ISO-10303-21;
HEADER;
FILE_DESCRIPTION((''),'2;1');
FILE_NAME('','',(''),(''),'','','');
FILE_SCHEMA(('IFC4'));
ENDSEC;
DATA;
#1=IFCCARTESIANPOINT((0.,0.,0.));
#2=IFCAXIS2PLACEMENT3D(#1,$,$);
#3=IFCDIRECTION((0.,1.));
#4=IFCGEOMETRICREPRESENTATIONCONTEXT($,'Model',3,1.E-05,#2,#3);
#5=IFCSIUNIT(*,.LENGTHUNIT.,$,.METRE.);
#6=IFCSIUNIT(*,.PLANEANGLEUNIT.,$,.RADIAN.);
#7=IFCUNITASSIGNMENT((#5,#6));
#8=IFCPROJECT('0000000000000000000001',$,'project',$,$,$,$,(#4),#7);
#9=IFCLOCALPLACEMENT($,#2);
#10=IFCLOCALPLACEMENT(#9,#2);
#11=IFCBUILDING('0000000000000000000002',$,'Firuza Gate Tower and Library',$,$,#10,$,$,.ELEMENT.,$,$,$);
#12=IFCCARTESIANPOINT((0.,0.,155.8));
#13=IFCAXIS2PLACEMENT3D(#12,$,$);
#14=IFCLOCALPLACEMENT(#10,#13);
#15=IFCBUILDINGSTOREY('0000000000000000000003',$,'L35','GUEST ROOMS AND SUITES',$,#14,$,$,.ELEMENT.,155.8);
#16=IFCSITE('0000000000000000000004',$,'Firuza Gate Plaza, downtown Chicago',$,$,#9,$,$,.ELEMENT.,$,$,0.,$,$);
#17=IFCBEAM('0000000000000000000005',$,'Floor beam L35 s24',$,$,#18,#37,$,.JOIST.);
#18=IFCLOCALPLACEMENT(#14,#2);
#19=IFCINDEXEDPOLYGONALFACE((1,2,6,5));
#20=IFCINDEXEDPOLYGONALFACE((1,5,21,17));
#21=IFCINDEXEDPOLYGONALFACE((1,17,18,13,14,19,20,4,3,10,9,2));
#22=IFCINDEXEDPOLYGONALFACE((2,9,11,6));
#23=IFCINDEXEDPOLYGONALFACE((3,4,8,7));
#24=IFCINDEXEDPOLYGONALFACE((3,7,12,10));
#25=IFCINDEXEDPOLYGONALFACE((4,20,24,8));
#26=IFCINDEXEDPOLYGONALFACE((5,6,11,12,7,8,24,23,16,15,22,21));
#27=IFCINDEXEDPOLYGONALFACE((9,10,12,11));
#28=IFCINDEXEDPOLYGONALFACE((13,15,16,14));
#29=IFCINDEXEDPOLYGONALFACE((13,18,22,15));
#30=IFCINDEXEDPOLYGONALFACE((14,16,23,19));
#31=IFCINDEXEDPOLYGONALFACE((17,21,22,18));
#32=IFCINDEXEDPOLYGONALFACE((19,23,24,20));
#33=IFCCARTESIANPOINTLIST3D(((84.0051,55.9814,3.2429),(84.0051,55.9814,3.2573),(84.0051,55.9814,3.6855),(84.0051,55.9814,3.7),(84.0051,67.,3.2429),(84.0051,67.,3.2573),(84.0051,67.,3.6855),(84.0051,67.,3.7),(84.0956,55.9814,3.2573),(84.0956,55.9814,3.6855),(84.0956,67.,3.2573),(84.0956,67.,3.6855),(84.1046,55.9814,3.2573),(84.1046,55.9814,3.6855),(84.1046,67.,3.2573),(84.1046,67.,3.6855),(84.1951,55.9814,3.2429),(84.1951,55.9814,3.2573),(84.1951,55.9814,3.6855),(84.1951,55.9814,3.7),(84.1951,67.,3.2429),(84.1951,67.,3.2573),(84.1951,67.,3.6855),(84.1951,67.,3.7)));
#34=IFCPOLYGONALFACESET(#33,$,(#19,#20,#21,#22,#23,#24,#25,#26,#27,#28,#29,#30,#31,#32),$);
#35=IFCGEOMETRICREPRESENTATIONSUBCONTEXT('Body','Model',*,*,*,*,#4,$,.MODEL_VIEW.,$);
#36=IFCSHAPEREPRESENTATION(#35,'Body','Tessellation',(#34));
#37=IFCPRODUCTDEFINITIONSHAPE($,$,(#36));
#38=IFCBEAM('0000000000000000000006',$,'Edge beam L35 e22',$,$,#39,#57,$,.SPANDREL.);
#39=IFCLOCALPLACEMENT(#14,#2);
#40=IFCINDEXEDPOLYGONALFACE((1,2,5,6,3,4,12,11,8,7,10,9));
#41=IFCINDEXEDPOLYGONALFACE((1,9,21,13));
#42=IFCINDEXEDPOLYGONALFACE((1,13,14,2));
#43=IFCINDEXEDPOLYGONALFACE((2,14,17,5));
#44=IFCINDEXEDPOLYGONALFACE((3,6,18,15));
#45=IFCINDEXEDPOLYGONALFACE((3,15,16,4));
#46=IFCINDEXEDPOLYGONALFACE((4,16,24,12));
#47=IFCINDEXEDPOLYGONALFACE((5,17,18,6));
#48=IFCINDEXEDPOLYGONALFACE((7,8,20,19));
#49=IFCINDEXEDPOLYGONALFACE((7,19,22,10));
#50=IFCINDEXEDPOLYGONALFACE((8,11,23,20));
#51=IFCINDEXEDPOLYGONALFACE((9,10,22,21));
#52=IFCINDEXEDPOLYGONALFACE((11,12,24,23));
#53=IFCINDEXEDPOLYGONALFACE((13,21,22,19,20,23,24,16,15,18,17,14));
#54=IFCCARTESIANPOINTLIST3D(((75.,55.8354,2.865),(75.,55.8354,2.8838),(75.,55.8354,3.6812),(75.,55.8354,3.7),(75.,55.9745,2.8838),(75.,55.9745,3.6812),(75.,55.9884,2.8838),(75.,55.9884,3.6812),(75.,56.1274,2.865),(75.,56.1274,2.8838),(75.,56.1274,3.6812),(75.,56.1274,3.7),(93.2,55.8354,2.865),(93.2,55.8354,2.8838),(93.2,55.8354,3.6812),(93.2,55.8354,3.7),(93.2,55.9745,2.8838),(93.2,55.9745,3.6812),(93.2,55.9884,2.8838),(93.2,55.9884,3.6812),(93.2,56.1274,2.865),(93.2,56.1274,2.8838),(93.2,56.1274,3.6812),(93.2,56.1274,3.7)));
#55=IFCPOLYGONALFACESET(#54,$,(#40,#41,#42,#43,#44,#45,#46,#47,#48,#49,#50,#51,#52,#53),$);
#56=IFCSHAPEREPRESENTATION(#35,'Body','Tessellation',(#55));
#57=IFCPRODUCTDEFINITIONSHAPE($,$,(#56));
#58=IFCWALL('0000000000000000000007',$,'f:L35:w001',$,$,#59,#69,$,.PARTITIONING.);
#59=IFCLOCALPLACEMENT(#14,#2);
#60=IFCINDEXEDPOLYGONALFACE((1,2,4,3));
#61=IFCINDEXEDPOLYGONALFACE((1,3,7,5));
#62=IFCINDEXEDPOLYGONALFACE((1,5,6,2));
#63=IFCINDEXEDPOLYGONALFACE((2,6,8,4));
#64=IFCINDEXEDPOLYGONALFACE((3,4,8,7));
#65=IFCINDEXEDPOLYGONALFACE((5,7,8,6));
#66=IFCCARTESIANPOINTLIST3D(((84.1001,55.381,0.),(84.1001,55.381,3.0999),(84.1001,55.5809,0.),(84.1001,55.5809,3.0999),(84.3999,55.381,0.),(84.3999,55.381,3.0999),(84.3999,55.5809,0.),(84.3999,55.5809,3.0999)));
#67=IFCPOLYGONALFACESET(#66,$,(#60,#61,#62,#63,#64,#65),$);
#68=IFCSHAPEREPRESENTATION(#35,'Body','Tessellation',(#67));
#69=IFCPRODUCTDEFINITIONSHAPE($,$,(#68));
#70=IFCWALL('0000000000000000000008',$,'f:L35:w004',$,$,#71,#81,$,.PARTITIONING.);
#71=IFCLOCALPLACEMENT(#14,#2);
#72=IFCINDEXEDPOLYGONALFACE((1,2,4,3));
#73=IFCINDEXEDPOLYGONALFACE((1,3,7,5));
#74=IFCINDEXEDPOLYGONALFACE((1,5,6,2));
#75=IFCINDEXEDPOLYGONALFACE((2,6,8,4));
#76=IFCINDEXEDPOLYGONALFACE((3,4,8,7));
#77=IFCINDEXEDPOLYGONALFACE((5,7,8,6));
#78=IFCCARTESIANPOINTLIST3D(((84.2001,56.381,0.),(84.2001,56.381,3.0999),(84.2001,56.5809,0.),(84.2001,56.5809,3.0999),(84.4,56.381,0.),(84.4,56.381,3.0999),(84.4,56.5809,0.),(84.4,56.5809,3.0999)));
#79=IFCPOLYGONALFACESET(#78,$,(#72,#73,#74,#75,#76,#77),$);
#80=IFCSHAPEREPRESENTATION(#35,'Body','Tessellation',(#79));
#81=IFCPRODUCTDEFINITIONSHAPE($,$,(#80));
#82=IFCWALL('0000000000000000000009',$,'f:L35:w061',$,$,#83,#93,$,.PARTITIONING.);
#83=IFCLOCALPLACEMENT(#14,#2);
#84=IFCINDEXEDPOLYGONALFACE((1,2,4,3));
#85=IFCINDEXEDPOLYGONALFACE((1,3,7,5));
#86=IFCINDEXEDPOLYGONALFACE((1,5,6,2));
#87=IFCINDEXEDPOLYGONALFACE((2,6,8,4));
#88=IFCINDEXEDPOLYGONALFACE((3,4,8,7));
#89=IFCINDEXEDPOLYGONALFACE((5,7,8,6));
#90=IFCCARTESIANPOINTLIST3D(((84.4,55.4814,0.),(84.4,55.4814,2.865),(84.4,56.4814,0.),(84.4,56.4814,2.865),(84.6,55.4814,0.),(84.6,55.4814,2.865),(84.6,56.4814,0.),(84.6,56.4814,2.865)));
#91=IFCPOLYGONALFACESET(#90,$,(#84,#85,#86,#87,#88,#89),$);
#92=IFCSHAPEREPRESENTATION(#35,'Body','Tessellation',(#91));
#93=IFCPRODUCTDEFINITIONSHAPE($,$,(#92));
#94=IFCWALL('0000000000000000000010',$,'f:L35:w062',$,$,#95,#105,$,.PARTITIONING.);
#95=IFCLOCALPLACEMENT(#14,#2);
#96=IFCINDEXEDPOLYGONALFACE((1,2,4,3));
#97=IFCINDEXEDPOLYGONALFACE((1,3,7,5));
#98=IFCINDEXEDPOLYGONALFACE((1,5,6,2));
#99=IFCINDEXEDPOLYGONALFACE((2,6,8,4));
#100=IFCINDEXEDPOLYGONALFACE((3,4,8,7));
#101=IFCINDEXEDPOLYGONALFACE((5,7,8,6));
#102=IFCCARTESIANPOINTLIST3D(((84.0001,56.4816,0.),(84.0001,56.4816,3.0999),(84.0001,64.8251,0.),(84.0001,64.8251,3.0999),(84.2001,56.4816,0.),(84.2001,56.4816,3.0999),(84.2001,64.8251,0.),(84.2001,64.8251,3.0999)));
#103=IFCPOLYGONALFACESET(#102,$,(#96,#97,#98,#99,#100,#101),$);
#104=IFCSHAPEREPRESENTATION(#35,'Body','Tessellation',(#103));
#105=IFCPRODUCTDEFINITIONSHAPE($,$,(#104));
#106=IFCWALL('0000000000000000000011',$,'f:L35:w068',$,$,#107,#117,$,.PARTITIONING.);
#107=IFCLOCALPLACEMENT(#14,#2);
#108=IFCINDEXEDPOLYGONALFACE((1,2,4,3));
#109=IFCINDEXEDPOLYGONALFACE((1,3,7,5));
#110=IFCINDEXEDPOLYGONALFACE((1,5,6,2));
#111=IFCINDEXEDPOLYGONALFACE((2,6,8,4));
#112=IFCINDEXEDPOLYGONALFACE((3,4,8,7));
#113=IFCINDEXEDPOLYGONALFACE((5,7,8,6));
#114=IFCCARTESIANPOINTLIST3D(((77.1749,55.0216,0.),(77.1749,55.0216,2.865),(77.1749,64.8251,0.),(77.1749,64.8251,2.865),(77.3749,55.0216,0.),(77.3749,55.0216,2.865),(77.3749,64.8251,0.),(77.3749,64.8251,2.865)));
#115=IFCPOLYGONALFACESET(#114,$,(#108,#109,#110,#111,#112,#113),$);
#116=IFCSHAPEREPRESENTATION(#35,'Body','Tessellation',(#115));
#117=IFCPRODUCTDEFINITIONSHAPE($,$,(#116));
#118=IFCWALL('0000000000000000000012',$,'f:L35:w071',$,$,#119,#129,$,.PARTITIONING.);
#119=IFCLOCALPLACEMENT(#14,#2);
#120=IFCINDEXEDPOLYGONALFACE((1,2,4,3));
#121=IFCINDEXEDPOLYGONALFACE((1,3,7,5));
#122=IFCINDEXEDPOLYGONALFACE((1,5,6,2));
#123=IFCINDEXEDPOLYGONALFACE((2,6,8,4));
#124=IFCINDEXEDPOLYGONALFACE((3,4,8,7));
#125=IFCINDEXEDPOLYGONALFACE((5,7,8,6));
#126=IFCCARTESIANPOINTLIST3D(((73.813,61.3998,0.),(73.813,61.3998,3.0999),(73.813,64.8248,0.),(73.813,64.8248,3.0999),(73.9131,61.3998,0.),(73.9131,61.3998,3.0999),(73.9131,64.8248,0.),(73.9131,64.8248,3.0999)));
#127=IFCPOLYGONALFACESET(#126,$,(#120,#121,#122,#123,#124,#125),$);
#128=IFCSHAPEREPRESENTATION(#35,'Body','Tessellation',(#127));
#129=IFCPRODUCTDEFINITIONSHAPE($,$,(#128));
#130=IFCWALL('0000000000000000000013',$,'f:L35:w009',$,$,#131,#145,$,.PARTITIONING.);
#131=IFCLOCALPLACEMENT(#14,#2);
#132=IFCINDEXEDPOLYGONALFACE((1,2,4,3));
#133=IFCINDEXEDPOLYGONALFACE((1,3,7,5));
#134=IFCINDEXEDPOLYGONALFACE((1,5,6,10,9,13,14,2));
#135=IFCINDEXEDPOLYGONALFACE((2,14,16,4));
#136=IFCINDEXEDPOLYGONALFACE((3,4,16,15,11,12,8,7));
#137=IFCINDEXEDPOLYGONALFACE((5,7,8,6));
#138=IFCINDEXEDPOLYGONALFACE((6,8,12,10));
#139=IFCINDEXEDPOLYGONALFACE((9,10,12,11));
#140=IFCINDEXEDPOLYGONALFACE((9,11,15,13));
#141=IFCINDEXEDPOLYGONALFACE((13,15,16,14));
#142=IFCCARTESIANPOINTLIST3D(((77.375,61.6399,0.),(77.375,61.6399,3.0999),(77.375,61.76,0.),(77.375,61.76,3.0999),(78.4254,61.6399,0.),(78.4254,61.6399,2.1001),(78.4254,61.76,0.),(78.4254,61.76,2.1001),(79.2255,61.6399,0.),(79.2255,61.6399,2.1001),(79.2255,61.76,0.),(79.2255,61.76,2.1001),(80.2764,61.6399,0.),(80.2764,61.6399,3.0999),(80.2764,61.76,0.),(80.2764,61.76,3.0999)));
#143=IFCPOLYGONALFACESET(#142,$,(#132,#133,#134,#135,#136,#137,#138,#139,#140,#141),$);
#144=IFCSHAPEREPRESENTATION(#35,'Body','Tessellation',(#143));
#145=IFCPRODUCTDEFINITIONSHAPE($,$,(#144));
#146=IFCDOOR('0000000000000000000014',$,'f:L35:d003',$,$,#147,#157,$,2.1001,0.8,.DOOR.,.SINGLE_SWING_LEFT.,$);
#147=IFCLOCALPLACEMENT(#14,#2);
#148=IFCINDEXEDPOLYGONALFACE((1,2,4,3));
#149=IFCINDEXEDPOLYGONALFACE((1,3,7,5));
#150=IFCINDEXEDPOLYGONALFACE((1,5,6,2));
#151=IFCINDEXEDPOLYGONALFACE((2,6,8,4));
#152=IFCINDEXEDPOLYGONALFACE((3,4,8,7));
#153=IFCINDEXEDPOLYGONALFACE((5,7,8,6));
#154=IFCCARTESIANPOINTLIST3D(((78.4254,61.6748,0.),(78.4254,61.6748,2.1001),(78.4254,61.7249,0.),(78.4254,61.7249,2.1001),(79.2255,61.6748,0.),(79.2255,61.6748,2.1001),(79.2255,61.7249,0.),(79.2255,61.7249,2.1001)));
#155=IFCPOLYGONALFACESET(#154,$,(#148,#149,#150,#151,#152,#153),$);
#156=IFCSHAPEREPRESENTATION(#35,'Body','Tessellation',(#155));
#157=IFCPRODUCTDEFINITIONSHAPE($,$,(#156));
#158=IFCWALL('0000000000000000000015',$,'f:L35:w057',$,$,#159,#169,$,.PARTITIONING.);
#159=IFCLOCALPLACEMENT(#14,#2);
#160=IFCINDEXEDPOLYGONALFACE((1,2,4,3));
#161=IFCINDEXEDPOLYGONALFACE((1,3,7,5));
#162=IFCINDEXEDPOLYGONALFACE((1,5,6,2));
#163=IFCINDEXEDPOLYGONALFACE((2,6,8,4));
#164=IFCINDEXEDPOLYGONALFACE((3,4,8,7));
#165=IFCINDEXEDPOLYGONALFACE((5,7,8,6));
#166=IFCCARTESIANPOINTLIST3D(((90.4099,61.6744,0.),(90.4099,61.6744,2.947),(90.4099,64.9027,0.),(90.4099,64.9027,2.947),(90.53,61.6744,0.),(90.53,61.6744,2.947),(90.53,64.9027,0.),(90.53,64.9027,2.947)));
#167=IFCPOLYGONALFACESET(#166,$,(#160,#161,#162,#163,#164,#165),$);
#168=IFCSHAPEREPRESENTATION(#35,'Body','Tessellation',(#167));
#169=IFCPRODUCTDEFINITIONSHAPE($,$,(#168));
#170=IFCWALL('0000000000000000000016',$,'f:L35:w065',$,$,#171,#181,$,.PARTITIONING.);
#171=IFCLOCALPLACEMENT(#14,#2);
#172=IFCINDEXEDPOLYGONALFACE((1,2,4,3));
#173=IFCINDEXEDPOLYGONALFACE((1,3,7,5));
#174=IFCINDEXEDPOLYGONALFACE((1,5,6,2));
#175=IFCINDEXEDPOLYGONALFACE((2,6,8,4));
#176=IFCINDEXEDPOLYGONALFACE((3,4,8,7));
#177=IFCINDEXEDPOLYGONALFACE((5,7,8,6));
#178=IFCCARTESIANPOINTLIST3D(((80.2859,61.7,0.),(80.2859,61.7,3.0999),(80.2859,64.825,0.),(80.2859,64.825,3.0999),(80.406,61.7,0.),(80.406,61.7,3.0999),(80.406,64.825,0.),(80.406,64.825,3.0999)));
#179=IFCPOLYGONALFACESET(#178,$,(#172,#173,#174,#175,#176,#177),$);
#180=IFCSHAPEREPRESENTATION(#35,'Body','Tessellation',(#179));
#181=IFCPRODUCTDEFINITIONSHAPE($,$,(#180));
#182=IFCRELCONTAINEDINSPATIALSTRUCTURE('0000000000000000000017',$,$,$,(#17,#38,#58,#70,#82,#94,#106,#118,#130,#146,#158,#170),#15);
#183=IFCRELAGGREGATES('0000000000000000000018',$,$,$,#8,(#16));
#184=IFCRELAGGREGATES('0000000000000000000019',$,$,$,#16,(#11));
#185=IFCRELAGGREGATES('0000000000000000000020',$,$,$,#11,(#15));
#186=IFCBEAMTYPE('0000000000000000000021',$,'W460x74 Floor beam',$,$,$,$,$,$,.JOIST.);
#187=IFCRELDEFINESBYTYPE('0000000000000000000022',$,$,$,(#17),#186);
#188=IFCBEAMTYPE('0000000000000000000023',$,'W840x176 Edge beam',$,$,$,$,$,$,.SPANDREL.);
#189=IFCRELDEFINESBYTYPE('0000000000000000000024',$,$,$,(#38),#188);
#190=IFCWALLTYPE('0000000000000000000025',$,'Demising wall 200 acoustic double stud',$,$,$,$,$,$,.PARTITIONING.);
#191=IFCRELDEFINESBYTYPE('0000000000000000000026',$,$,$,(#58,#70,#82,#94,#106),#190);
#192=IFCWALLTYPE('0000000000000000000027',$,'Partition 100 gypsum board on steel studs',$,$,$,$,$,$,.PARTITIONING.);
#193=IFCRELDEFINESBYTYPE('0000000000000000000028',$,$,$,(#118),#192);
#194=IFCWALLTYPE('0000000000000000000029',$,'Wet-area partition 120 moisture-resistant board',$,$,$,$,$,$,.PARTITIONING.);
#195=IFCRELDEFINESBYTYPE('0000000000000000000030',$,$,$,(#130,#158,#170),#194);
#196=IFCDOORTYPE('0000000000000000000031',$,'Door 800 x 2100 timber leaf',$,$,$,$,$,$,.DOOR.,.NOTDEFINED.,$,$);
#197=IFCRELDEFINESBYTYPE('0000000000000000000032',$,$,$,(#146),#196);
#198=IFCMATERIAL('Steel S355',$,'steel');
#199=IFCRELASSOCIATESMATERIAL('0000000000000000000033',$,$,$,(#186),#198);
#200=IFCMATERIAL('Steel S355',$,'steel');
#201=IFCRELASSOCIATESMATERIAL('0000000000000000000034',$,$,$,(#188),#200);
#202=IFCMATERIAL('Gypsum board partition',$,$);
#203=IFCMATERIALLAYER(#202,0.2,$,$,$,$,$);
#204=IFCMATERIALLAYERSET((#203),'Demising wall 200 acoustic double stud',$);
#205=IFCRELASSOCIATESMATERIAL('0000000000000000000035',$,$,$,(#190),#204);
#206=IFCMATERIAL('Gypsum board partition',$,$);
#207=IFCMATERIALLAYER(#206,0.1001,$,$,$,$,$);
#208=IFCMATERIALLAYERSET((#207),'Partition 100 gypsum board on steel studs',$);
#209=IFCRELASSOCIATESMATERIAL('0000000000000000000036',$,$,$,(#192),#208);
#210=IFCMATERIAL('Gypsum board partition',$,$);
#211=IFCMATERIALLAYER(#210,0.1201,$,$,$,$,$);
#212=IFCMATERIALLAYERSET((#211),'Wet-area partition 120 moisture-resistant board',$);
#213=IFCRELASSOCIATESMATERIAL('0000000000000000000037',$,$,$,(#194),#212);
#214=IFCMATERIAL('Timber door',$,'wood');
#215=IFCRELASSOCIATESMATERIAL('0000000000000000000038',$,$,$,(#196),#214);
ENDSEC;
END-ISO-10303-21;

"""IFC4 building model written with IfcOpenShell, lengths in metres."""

from ifc_helpers import new_model, si_unit, direction, frame, frame_2d, origin, origin_2d, place, context, subcontext, project, spatial, rectangle, i_section, extrude, material, layer, layer_set, material_profile, profile_set, type_object, element, fill, save


model = new_model("IFC4")

# Units and contexts
model_context = context("Model", 3, precision=1e-05, world=origin(), true_north=direction((0.0, 1.0)))
body_context = subcontext(model_context, "Body", "Model", "MODEL_VIEW")
ifc_project = project(units=[si_unit("LENGTHUNIT", "METRE"), si_unit("PLANEANGLEUNIT", "RADIAN")], contexts=[model_context])

# Site, building, storey
site_placement = place(None, origin())
site = spatial("IfcSite", under=ifc_project, at=site_placement, Name="Firuza Gate Plaza, downtown Chicago", CompositionType="ELEMENT", RefElevation=0.0)
building_placement = place(site_placement, origin())
building = spatial("IfcBuilding", under=site, at=building_placement, Name="Firuza Gate Tower and Library", CompositionType="ELEMENT")
storey_placement = place(building_placement, frame((0.0, 0.0, 155.8)))
storey = spatial("IfcBuildingStorey", under=building, at=storey_placement, Name="L35", Description="GUEST ROOMS AND SUITES", CompositionType="ELEMENT", Elevation=155.8)

# Beams
ifc_material_1 = material(Name="Steel S355", Category="steel")
ifc_material_profile_1 = material_profile(ifc_material_1, i_section(OverallWidth=0.1899, OverallDepth=0.457, WebThickness=0.009, FlangeThickness=0.0144, at=origin_2d()))
ifc_profile_set_1 = profile_set([ifc_material_profile_1], Name="Steel S355")
beam_type_1 = type_object("IfcBeamType", Name="W460x74 Floor beam", PredefinedType="JOIST", material=ifc_profile_set_1)
for number, where, z_axis, x_axis, name in (
    (1, (84.1001, 55.9814, 3.4714), (0.0, 1.0, 0.0), (-1.0, 0.0, 0.0), "Floor beam L35 s24"),
):
    element("IfcBeam", number, at=place(storey_placement, frame(where, z_axis=z_axis, x_axis=x_axis)), inside=storey, type_object=beam_type_1, Name=name, PredefinedType="JOIST", context=body_context, shape_type="SweptSolid", body=[
        extrude(i_section(OverallWidth=0.1899, OverallDepth=0.457, WebThickness=0.009, FlangeThickness=0.0144, at=origin_2d()), origin(), (0.0, 0.0, 1.0), 11.0186),
    ])
ifc_material_2 = material(Name="Steel S355", Category="steel")
ifc_material_profile_2 = material_profile(ifc_material_2, i_section(OverallWidth=0.292, OverallDepth=0.835, WebThickness=0.0139, FlangeThickness=0.0188, at=origin_2d()))
ifc_profile_set_2 = profile_set([ifc_material_profile_2], Name="Steel S355")
beam_type_2 = type_object("IfcBeamType", Name="W840x176 Edge beam", PredefinedType="SPANDREL", material=ifc_profile_set_2)
beam_1_placement = place(storey_placement, frame((75.0, 55.9814, 3.2825), z_axis=(1.0, 0.0, 0.0), x_axis=(0.0, 1.0, 0.0)))
element("IfcBeam", 2, at=beam_1_placement, inside=storey, type_object=beam_type_2, Name="Edge beam L35 e22", PredefinedType="SPANDREL", context=body_context, shape_type="SweptSolid", body=[
    extrude(i_section(OverallWidth=0.292, OverallDepth=0.835, WebThickness=0.0139, FlangeThickness=0.0188, at=origin_2d()), origin(), (0.0, 0.0, 1.0), 18.2),
])

# Walls
ifc_material_3 = material(Name="Gypsum board partition")
ifc_layer_1 = layer(ifc_material_3, 0.2)
ifc_layer_set_1 = layer_set([ifc_layer_1], Name="Demising wall 200 acoustic double stud")
wall_type_1 = type_object("IfcWallType", Name="Demising wall 200 acoustic double stud", PredefinedType="PARTITIONING", material=ifc_layer_set_1)
wall_1_placement = place(storey_placement, frame((84.1001, 55.481, 0.0), z_axis=(0.0, 0.0, 1.0), x_axis=(1.0, 0.0, 0.0)))
element("IfcWall", 3, at=wall_1_placement, inside=storey, type_object=wall_type_1, Name="f:L35:w001", PredefinedType="PARTITIONING", context=body_context, shape_type="SweptSolid", body=[
    extrude(rectangle(XDim=0.2998, YDim=0.2, at=frame_2d((0.1499, 0.0))), origin(), (0.0, 0.0, 1.0), 3.0999),
])
wall_2_placement = place(storey_placement, frame((84.2, 56.481, 0.0), z_axis=(0.0, 0.0, 1.0), x_axis=(1.0, 0.0, 0.0)))
element("IfcWall", 4, at=wall_2_placement, inside=storey, type_object=wall_type_1, Name="f:L35:w004", PredefinedType="PARTITIONING", context=body_context, shape_type="SweptSolid", body=[
    extrude(rectangle(XDim=0.2, YDim=0.2, at=frame_2d((0.1001, 0.0))), origin(), (0.0, 0.0, 1.0), 3.0999),
])
wall_3_placement = place(storey_placement, frame((84.5, 55.4814, 0.0), z_axis=(0.0, 0.0, 1.0), x_axis=(0.0, 1.0, 0.0)))
element("IfcWall", 5, at=wall_3_placement, inside=storey, type_object=wall_type_1, Name="f:L35:w061", PredefinedType="PARTITIONING", context=body_context, shape_type="SweptSolid", body=[
    extrude(rectangle(XDim=1.0, YDim=0.2, at=frame_2d((0.5, 0.0))), origin(), (0.0, 0.0, 1.0), 2.865),
])
wall_4_placement = place(storey_placement, frame((84.1001, 56.4814, 0.0), z_axis=(0.0, 0.0, 1.0), x_axis=(0.0, 1.0, 0.0)))
element("IfcWall", 6, at=wall_4_placement, inside=storey, type_object=wall_type_1, Name="f:L35:w062", PredefinedType="PARTITIONING", context=body_context, shape_type="SweptSolid", body=[
    extrude(rectangle(XDim=8.3435, YDim=0.2, at=frame_2d((4.1719, 0.0))), origin(), (0.0, 0.0, 1.0), 3.0999),
])
wall_5_placement = place(storey_placement, frame((77.2749, 55.0215, 0.0), z_axis=(0.0, 0.0, 1.0), x_axis=(0.0, 1.0, 0.0)))
element("IfcWall", 7, at=wall_5_placement, inside=storey, type_object=wall_type_1, Name="f:L35:w068", PredefinedType="PARTITIONING", context=body_context, shape_type="SweptSolid", body=[
    extrude(rectangle(XDim=9.8035, YDim=0.2, at=frame_2d((4.9019, 0.0))), origin(), (0.0, 0.0, 1.0), 2.865),
])
ifc_material_4 = material(Name="Gypsum board partition")
ifc_layer_2 = layer(ifc_material_4, 0.1001)
ifc_layer_set_2 = layer_set([ifc_layer_2], Name="Partition 100 gypsum board on steel studs")
wall_type_2 = type_object("IfcWallType", Name="Partition 100 gypsum board on steel studs", PredefinedType="PARTITIONING", material=ifc_layer_set_2)
wall_6_placement = place(storey_placement, frame((73.863, 61.3999, 0.0), z_axis=(0.0, 0.0, 1.0), x_axis=(0.0, 1.0, 0.0)))
element("IfcWall", 8, at=wall_6_placement, inside=storey, type_object=wall_type_2, Name="f:L35:w071", PredefinedType="PARTITIONING", context=body_context, shape_type="SweptSolid", body=[
    extrude(rectangle(XDim=3.425, YDim=0.1001, at=frame_2d((1.7124, 0.0))), origin(), (0.0, 0.0, 1.0), 3.0999),
])

# Wall, opening, door
ifc_material_5 = material(Name="Gypsum board partition")
ifc_layer_3 = layer(ifc_material_5, 0.1201)
ifc_layer_set_3 = layer_set([ifc_layer_3], Name="Wet-area partition 120 moisture-resistant board")
wall_type_3 = type_object("IfcWallType", Name="Wet-area partition 120 moisture-resistant board", PredefinedType="PARTITIONING", material=ifc_layer_set_3)
wall_7_placement = place(storey_placement, frame((77.375, 61.7, 0.0), z_axis=(0.0, 0.0, 1.0), x_axis=(1.0, 0.0, 0.0)))
wall_7 = element("IfcWall", 9, at=wall_7_placement, inside=storey, type_object=wall_type_3, Name="f:L35:w009", PredefinedType="PARTITIONING", context=body_context, shape_type="SweptSolid", body=[
    extrude(rectangle(XDim=2.9014, YDim=0.1201, at=frame_2d((1.4507, 0.0))), origin(), (0.0, 0.0, 1.0), 3.0999),
])
opening_placement = place(wall_7_placement, frame((1.0505, 0.0, 0.0)))
opening = element("IfcOpeningElement", 10, at=opening_placement, cuts=wall_7, PredefinedType="OPENING", context=body_context, shape_type="SweptSolid", body=[
    extrude(rectangle(XDim=0.8, YDim=2.1001, at=frame_2d((0.3999, 1.05))), frame((0.0, 0.0701, 0.0), z_axis=(0.0, -1.0, 0.0), x_axis=(1.0, 0.0, 0.0)), (0.0, 0.0, 1.0), 0.1401),
])
ifc_material_6 = material(Name="Timber door", Category="wood")
door_type = type_object("IfcDoorType", Name="Door 800 x 2100 timber leaf", OperationType="NOTDEFINED", PredefinedType="DOOR", material=ifc_material_6)
door_placement = place(opening_placement, origin())
door = element("IfcDoor", 11, at=door_placement, inside=storey, type_object=door_type, Name="f:L35:d003", OperationType="SINGLE_SWING_LEFT", OverallHeight=2.1001, OverallWidth=0.8, PredefinedType="DOOR", context=body_context, shape_type="SweptSolid", body=[
    extrude(rectangle(XDim=0.8, YDim=2.1001, at=frame_2d((0.3999, 1.05))), frame((0.0, 0.0249, 0.0), z_axis=(0.0, -1.0, 0.0), x_axis=(1.0, 0.0, 0.0)), (0.0, 0.0, 1.0), 0.05),
])
fill(opening, door)

# Walls
wall_8_placement = place(storey_placement, frame((90.47, 61.6743, 0.0), z_axis=(0.0, 0.0, 1.0), x_axis=(0.0, 1.0, 0.0)))
element("IfcWall", 12, at=wall_8_placement, inside=storey, type_object=wall_type_3, Name="f:L35:w057", PredefinedType="PARTITIONING", context=body_context, shape_type="SweptSolid", body=[
    extrude(rectangle(XDim=3.2283, YDim=0.1201, at=frame_2d((1.6143, 0.0))), origin(), (0.0, 0.0, 1.0), 2.947),
])
wall_9_placement = place(storey_placement, frame((80.3459, 61.7, 0.0), z_axis=(0.0, 0.0, 1.0), x_axis=(0.0, 1.0, 0.0)))
element("IfcWall", 13, at=wall_9_placement, inside=storey, type_object=wall_type_3, Name="f:L35:w065", PredefinedType="PARTITIONING", context=body_context, shape_type="SweptSolid", body=[
    extrude(rectangle(XDim=3.125, YDim=0.1201, at=frame_2d((1.5625, 0.0))), origin(), (0.0, 0.0, 1.0), 3.0999),
])

save(model, "model.ifc")
